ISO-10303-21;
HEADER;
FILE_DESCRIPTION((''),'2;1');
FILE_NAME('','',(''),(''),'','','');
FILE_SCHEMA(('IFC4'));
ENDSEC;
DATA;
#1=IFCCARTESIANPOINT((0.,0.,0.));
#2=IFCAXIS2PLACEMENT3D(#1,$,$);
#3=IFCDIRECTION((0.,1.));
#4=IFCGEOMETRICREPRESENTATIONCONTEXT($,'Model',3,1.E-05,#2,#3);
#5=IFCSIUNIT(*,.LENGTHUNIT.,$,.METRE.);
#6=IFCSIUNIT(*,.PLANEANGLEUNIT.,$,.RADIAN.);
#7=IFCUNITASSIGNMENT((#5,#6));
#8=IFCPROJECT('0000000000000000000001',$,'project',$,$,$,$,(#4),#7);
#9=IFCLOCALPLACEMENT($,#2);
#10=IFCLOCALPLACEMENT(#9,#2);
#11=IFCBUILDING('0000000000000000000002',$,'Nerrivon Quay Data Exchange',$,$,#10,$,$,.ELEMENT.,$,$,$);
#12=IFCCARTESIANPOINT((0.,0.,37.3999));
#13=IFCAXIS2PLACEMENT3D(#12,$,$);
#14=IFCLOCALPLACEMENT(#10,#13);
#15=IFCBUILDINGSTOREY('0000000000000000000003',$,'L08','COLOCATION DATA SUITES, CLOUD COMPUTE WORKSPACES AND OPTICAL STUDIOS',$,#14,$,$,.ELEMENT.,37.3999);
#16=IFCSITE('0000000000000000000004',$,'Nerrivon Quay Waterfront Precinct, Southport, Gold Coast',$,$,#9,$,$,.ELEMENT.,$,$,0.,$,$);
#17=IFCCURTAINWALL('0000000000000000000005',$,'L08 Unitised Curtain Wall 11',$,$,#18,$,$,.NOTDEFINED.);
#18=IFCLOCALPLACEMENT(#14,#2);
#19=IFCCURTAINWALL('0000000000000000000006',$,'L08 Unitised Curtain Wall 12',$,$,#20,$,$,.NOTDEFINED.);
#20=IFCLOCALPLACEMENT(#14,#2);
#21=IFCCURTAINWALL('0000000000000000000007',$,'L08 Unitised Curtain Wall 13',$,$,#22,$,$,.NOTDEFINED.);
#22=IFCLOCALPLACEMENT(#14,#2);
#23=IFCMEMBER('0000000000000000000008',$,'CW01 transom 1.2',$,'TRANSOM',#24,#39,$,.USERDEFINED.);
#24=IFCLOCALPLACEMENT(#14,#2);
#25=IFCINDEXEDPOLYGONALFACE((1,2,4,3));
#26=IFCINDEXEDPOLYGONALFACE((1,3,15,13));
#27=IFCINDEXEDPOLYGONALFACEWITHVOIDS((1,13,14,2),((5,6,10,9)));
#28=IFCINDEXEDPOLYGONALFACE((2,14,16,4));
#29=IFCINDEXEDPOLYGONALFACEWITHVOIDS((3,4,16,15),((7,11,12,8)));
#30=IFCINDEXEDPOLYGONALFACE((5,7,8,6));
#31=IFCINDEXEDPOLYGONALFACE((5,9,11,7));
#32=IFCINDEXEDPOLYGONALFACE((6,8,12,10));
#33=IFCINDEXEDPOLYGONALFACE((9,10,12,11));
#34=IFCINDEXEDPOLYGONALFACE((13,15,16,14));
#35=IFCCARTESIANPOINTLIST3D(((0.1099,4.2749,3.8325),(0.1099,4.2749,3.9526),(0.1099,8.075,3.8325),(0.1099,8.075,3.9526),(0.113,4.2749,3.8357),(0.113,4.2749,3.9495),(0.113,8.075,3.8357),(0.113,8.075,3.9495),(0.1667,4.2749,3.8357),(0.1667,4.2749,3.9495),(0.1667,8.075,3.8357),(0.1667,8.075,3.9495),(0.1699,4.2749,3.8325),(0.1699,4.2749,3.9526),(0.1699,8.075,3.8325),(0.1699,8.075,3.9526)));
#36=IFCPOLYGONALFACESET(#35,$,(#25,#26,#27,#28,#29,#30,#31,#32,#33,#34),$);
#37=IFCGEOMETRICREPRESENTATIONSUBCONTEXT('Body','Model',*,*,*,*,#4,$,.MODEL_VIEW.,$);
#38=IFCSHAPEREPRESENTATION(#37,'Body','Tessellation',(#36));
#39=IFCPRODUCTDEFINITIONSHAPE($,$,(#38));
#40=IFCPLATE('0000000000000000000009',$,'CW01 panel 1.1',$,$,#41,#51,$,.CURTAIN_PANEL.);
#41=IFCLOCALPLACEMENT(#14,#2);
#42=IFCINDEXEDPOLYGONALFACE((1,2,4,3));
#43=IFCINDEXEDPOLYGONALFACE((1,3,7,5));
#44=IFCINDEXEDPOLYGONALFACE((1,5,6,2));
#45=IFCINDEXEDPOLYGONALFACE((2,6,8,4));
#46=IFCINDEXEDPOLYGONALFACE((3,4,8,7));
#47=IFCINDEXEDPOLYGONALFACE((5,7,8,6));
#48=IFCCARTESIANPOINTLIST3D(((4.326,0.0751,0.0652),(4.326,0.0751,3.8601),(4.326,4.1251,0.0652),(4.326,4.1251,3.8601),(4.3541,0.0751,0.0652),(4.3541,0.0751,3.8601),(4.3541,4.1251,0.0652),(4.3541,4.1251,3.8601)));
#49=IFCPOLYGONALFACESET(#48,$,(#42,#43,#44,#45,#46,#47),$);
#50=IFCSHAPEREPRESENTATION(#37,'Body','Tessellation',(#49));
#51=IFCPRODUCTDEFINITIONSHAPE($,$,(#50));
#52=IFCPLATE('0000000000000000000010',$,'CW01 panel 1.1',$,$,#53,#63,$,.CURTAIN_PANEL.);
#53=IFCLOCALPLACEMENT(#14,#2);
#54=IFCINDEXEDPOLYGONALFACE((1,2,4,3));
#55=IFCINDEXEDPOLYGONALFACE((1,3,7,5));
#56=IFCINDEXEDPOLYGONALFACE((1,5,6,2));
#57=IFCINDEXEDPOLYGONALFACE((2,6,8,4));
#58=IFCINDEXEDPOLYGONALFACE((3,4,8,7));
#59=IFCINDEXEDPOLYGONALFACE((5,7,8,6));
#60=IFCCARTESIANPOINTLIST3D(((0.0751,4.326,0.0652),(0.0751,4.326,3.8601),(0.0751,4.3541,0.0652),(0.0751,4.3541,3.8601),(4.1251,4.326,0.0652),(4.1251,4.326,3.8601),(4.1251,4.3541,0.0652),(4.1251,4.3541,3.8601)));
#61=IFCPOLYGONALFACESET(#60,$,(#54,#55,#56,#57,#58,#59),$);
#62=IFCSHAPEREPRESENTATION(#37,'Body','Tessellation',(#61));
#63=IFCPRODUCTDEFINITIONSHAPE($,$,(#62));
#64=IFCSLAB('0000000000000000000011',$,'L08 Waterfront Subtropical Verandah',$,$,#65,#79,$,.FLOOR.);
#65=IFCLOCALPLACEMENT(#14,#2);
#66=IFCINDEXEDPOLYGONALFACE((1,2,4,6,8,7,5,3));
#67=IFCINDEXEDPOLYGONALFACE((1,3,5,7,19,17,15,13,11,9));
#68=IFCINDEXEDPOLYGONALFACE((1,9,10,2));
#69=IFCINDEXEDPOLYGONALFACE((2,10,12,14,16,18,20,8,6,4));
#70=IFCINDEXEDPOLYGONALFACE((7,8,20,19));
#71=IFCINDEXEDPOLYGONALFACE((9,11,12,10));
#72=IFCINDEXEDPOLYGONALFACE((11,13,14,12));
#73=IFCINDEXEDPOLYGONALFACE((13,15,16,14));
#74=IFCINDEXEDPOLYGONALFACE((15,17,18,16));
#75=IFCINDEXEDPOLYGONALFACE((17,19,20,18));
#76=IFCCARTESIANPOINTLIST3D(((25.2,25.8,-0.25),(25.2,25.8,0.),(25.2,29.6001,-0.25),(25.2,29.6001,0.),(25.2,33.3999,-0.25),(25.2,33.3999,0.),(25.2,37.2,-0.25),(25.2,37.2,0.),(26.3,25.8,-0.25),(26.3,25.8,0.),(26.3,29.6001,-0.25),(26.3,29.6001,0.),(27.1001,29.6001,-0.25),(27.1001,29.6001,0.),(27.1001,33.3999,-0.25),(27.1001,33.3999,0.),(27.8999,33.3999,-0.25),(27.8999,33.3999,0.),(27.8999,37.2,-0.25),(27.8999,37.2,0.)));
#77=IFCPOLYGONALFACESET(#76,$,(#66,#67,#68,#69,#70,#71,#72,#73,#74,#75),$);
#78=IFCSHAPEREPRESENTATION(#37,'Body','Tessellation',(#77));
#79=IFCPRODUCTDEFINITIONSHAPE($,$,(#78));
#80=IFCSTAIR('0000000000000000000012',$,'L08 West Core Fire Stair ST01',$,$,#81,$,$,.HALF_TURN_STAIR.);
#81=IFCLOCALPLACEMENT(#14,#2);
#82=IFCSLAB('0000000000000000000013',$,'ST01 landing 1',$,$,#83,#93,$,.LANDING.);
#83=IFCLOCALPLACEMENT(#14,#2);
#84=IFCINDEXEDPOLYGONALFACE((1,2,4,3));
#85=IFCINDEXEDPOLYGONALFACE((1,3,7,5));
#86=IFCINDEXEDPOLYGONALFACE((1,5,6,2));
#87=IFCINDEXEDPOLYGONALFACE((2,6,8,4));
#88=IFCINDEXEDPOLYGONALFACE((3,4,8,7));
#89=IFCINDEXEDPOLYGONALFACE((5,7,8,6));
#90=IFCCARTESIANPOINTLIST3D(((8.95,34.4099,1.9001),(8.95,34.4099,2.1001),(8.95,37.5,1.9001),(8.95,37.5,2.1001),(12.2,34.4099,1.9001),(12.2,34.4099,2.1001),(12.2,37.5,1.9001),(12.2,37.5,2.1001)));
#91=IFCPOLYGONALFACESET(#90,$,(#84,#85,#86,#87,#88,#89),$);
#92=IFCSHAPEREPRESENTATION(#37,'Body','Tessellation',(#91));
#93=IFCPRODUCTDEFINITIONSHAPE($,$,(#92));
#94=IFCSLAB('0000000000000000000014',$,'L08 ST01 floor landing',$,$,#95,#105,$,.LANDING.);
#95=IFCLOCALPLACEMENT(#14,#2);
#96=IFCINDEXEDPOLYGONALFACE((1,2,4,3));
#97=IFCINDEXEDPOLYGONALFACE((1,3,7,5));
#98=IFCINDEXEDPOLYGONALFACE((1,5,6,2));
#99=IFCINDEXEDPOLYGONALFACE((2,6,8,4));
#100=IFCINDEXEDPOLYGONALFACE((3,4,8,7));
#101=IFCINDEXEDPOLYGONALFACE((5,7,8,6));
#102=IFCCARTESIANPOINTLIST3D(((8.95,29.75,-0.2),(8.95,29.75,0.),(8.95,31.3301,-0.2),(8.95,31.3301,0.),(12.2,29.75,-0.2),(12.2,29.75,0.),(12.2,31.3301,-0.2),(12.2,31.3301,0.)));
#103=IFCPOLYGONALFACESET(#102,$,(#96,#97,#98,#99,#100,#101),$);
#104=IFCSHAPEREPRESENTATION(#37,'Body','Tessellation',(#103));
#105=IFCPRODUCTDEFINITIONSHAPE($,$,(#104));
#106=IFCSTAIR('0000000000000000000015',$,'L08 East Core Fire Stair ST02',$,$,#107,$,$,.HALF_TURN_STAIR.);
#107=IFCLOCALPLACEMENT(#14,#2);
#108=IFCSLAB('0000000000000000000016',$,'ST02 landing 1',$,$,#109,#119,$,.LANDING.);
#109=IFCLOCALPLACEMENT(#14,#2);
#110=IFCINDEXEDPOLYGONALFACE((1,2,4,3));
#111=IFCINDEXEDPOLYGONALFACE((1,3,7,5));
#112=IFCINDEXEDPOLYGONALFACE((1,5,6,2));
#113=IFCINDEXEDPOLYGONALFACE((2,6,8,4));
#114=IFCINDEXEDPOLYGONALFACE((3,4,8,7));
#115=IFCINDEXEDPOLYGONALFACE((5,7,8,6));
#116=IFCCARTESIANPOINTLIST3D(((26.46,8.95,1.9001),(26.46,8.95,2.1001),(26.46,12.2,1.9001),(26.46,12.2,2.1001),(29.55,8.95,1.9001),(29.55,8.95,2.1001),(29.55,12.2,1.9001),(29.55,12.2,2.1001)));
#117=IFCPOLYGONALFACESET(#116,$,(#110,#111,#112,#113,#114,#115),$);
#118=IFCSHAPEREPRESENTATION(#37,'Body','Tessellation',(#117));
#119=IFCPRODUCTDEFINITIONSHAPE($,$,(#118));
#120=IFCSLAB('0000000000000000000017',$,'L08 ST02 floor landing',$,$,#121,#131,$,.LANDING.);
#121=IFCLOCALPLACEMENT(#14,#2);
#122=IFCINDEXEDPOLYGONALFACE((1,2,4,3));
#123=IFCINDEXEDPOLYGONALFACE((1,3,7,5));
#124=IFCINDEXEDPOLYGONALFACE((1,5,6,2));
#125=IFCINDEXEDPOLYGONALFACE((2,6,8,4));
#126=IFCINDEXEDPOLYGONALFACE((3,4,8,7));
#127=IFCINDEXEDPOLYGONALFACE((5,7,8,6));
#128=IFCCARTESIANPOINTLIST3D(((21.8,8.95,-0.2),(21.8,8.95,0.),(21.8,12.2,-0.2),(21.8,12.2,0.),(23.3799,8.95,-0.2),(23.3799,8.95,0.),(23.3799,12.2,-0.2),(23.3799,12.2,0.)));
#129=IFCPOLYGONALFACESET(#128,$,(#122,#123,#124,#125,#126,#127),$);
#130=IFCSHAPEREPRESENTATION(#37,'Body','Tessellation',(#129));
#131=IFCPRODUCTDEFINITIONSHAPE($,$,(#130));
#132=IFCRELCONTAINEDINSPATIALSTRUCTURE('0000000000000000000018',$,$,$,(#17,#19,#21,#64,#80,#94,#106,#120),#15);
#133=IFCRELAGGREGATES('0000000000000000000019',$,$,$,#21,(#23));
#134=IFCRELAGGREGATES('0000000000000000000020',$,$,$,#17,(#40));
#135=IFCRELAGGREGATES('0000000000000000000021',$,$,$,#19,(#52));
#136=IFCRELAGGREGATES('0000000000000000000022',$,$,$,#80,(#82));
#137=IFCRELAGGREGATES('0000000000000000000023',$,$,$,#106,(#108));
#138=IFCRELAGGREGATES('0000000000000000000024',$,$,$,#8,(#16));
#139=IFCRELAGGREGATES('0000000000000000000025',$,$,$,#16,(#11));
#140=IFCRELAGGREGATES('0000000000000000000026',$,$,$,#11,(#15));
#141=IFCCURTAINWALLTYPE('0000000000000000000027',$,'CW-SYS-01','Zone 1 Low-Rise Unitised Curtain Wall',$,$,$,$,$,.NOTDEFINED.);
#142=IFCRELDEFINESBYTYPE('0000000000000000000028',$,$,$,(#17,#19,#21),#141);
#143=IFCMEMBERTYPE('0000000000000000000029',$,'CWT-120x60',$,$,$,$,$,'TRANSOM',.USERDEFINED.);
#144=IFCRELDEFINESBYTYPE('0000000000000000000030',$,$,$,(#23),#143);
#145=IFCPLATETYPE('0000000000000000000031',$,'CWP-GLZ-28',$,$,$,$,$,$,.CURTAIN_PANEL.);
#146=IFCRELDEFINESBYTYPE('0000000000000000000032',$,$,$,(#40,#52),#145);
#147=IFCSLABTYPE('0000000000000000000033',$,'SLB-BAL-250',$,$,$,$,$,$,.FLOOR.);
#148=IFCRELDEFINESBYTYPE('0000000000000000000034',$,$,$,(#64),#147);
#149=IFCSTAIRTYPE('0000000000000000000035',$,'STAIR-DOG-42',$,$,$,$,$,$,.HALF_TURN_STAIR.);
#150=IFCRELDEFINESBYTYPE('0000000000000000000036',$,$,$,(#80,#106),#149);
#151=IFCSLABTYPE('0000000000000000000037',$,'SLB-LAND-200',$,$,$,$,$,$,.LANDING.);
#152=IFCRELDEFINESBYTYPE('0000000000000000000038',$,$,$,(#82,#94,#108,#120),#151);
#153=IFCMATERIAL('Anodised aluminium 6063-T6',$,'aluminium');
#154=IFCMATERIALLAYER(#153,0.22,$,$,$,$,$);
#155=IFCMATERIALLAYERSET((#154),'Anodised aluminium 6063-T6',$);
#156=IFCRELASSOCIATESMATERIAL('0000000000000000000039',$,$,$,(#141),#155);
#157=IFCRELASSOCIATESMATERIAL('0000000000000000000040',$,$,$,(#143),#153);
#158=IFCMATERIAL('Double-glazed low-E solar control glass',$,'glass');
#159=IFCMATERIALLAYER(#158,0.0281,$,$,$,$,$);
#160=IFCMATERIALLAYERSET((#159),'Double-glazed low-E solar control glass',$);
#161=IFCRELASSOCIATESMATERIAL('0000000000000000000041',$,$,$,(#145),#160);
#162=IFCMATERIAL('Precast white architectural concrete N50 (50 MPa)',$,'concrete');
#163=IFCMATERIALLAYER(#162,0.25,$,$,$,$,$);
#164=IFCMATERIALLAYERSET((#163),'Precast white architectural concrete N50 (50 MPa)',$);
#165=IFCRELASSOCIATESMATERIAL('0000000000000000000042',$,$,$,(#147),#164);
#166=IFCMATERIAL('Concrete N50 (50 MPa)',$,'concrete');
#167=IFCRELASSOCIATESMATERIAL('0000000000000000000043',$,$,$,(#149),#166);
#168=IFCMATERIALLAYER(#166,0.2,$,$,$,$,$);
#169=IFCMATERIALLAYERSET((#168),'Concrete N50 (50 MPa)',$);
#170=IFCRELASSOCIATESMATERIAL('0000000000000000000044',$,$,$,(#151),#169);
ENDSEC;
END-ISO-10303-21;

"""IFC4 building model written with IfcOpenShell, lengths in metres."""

from ifc_helpers import new_model, si_unit, direction, frame, origin, origin_2d, place, context, subcontext, project, spatial, polyline, rectangle, hollow_rectangle, outline, extrude, material, layer, layer_set, material_profile, profile_set, type_object, element, aggregate, save


model = new_model("IFC4")

# Units and contexts
model_context = context("Model", 3, precision=1e-05, world=origin(), true_north=direction((0.0, 1.0)))
body_context = subcontext(model_context, "Body", "Model", "MODEL_VIEW")
ifc_project = project(units=[si_unit("LENGTHUNIT", "METRE"), si_unit("PLANEANGLEUNIT", "RADIAN")], contexts=[model_context])

# Site, building, storey
site_placement = place(None, origin())
site = spatial("IfcSite", under=ifc_project, at=site_placement, Name="Nerrivon Quay Waterfront Precinct, Southport, Gold Coast", CompositionType="ELEMENT", RefElevation=0.0)
building_placement = place(site_placement, origin())
building = spatial("IfcBuilding", under=site, at=building_placement, Name="Nerrivon Quay Data Exchange", CompositionType="ELEMENT")
storey_placement = place(building_placement, frame((0.0, 0.0, 37.3999)))
storey = spatial("IfcBuildingStorey", under=building, at=storey_placement, Name="L08", Description="COLOCATION DATA SUITES, CLOUD COMPUTE WORKSPACES AND OPTICAL STUDIOS", CompositionType="ELEMENT", Elevation=37.3999)

# Shared definitions
ifc_material_1 = material(Name="Anodised aluminium 6063-T6", Category="aluminium")
ifc_layer_1 = layer(ifc_material_1, 0.22)
ifc_layer_set_1 = layer_set([ifc_layer_1], Name="Anodised aluminium 6063-T6")
curtain_wall_type = type_object("IfcCurtainWallType", Name="CW-SYS-01", Description="Zone 1 Low-Rise Unitised Curtain Wall", PredefinedType="NOTDEFINED", material=ifc_layer_set_1)

# Curtain walls
curtain_wall_1_placement = place(storey_placement, origin())
curtain_wall_1 = element("IfcCurtainWall", 1, at=curtain_wall_1_placement, inside=storey, type_object=curtain_wall_type, Name="L08 Unitised Curtain Wall 11", PredefinedType="NOTDEFINED")
curtain_wall_2_placement = place(storey_placement, origin())
curtain_wall_2 = element("IfcCurtainWall", 2, at=curtain_wall_2_placement, inside=storey, type_object=curtain_wall_type, Name="L08 Unitised Curtain Wall 12", PredefinedType="NOTDEFINED")

# Curtain wall
curtain_wall_3_placement = place(storey_placement, origin())
curtain_wall_3 = element("IfcCurtainWall", 3, at=curtain_wall_3_placement, inside=storey, type_object=curtain_wall_type, Name="L08 Unitised Curtain Wall 13", PredefinedType="NOTDEFINED")

# Member
ifc_material_profile_1 = material_profile(ifc_material_1, hollow_rectangle(XDim=0.0601, YDim=0.1201, WallThickness=0.0032, at=origin_2d()), Name="ALU-TRAN-120x60")
ifc_profile_set_1 = profile_set([ifc_material_profile_1], Name="Anodised aluminium 6063-T6")
member_type_1 = type_object("IfcMemberType", Name="CWT-120x60", ElementType="TRANSOM", PredefinedType="USERDEFINED", material=ifc_profile_set_1)
member_1_placement = place(storey_placement, frame((0.1399, 4.2749, 3.8926), z_axis=(0.0, 1.0, 0.0), x_axis=(-1.0, 0.0, 0.0)))
member_1 = element("IfcMember", 4, at=member_1_placement, type_object=member_type_1, Name="CW01 transom 1.2", ObjectType="TRANSOM", PredefinedType="USERDEFINED", context=body_context, shape_type="SweptSolid", body=[
    extrude(hollow_rectangle(XDim=0.0601, YDim=0.1201, WallThickness=0.0032, at=origin_2d()), origin(), (0.0, 0.0, 1.0), 3.8),
])
aggregate(curtain_wall_3, [member_1])

# Plates
ifc_material_2 = material(Name="Double-glazed low-E solar control glass", Category="glass")
ifc_layer_2 = layer(ifc_material_2, 0.0281)
ifc_layer_set_2 = layer_set([ifc_layer_2], Name="Double-glazed low-E solar control glass")
plate_type = type_object("IfcPlateType", Name="CWP-GLZ-28", PredefinedType="CURTAIN_PANEL", material=ifc_layer_set_2)
plate_1_placement = place(storey_placement, frame((4.3401, 2.1001, 0.0652), z_axis=(0.0, 0.0, 1.0), x_axis=(0.0, 1.0, 0.0)))
plate_1 = element("IfcPlate", 5, at=plate_1_placement, type_object=plate_type, Name="CW01 panel 1.1", PredefinedType="CURTAIN_PANEL", context=body_context, shape_type="SweptSolid", body=[
    extrude(rectangle(XDim=4.05, YDim=0.0281, at=origin_2d()), origin(), (0.0, 0.0, 1.0), 3.7949),
])
aggregate(curtain_wall_1, [plate_1])
plate_2_placement = place(storey_placement, frame((2.1001, 4.3401, 0.0652), z_axis=(0.0, 0.0, 1.0), x_axis=(-1.0, 0.0, 0.0)))
plate_2 = element("IfcPlate", 6, at=plate_2_placement, type_object=plate_type, Name="CW01 panel 1.1", PredefinedType="CURTAIN_PANEL", context=body_context, shape_type="SweptSolid", body=[
    extrude(rectangle(XDim=4.05, YDim=0.0281, at=origin_2d()), origin(), (0.0, 0.0, 1.0), 3.7949),
])
aggregate(curtain_wall_2, [plate_2])

# Slab
ifc_material_3 = material(Name="Precast white architectural concrete N50 (50 MPa)", Category="concrete")
ifc_layer_3 = layer(ifc_material_3, 0.25)
ifc_layer_set_3 = layer_set([ifc_layer_3], Name="Precast white architectural concrete N50 (50 MPa)")
slab_type_1 = type_object("IfcSlabType", Name="SLB-BAL-250", PredefinedType="FLOOR", material=ifc_layer_set_3)
slab_1_placement = place(storey_placement, frame((0.0, 0.0, -0.25)))
element("IfcSlab", 7, at=slab_1_placement, inside=storey, type_object=slab_type_1, Name="L08 Waterfront Subtropical Verandah", PredefinedType="FLOOR", context=body_context, shape_type="SweptSolid", body=[
    extrude(outline(polyline([(26.3, 29.6001), (27.1001, 29.6001), (27.1001, 33.3999), (27.8999, 33.3999), (27.8999, 37.2), (25.2, 37.2), (25.2, 33.3999), (25.2, 29.6001), (25.2, 25.8), (26.3, 25.8), (26.3, 29.6001)])), origin(), (0.0, 0.0, 1.0), 0.25),
])

# Stair, slab
ifc_material_4 = material(Name="Concrete N50 (50 MPa)", Category="concrete")
stair_type = type_object("IfcStairType", Name="STAIR-DOG-42", PredefinedType="HALF_TURN_STAIR", material=ifc_material_4)
stair_1_placement = place(storey_placement, origin())
stair_1 = element("IfcStair", 8, at=stair_1_placement, inside=storey, type_object=stair_type, Name="L08 West Core Fire Stair ST01", PredefinedType="HALF_TURN_STAIR")
ifc_layer_4 = layer(ifc_material_4, 0.2)
ifc_layer_set_4 = layer_set([ifc_layer_4], Name="Concrete N50 (50 MPa)")
slab_type_2 = type_object("IfcSlabType", Name="SLB-LAND-200", PredefinedType="LANDING", material=ifc_layer_set_4)
slab_2_placement = place(storey_placement, frame((0.0, 0.0, 1.9001)))
slab_2 = element("IfcSlab", 9, at=slab_2_placement, type_object=slab_type_2, Name="ST01 landing 1", PredefinedType="LANDING", context=body_context, shape_type="SweptSolid", body=[
    extrude(outline(polyline([(12.2, 34.4099), (12.2, 37.5), (8.95, 37.5), (8.95, 34.4099), (12.2, 34.4099)])), origin(), (0.0, 0.0, 1.0), 0.2),
])
aggregate(stair_1, [slab_2])

# Slab
slab_3_placement = place(storey_placement, frame((0.0, 0.0, -0.2)))
element("IfcSlab", 10, at=slab_3_placement, inside=storey, type_object=slab_type_2, Name="L08 ST01 floor landing", PredefinedType="LANDING", context=body_context, shape_type="SweptSolid", body=[
    extrude(outline(polyline([(12.2, 29.75), (12.2, 31.3301), (8.95, 31.3301), (8.95, 29.75), (12.2, 29.75)])), origin(), (0.0, 0.0, 1.0), 0.2),
])

# Stair, slab
stair_2_placement = place(storey_placement, origin())
stair_2 = element("IfcStair", 11, at=stair_2_placement, inside=storey, type_object=stair_type, Name="L08 East Core Fire Stair ST02", PredefinedType="HALF_TURN_STAIR")
slab_4_placement = place(storey_placement, frame((0.0, 0.0, 1.9001)))
slab_4 = element("IfcSlab", 12, at=slab_4_placement, type_object=slab_type_2, Name="ST02 landing 1", PredefinedType="LANDING", context=body_context, shape_type="SweptSolid", body=[
    extrude(outline(polyline([(26.46, 8.95), (29.55, 8.95), (29.55, 12.2), (26.46, 12.2), (26.46, 8.95)])), origin(), (0.0, 0.0, 1.0), 0.2),
])
aggregate(stair_2, [slab_4])

# Slab
slab_5_placement = place(storey_placement, frame((0.0, 0.0, -0.2)))
element("IfcSlab", 13, at=slab_5_placement, inside=storey, type_object=slab_type_2, Name="L08 ST02 floor landing", PredefinedType="LANDING", context=body_context, shape_type="SweptSolid", body=[
    extrude(outline(polyline([(21.8, 8.95), (23.3799, 8.95), (23.3799, 12.2), (21.8, 12.2), (21.8, 8.95)])), origin(), (0.0, 0.0, 1.0), 0.2),
])

save(model, "model.ifc")
